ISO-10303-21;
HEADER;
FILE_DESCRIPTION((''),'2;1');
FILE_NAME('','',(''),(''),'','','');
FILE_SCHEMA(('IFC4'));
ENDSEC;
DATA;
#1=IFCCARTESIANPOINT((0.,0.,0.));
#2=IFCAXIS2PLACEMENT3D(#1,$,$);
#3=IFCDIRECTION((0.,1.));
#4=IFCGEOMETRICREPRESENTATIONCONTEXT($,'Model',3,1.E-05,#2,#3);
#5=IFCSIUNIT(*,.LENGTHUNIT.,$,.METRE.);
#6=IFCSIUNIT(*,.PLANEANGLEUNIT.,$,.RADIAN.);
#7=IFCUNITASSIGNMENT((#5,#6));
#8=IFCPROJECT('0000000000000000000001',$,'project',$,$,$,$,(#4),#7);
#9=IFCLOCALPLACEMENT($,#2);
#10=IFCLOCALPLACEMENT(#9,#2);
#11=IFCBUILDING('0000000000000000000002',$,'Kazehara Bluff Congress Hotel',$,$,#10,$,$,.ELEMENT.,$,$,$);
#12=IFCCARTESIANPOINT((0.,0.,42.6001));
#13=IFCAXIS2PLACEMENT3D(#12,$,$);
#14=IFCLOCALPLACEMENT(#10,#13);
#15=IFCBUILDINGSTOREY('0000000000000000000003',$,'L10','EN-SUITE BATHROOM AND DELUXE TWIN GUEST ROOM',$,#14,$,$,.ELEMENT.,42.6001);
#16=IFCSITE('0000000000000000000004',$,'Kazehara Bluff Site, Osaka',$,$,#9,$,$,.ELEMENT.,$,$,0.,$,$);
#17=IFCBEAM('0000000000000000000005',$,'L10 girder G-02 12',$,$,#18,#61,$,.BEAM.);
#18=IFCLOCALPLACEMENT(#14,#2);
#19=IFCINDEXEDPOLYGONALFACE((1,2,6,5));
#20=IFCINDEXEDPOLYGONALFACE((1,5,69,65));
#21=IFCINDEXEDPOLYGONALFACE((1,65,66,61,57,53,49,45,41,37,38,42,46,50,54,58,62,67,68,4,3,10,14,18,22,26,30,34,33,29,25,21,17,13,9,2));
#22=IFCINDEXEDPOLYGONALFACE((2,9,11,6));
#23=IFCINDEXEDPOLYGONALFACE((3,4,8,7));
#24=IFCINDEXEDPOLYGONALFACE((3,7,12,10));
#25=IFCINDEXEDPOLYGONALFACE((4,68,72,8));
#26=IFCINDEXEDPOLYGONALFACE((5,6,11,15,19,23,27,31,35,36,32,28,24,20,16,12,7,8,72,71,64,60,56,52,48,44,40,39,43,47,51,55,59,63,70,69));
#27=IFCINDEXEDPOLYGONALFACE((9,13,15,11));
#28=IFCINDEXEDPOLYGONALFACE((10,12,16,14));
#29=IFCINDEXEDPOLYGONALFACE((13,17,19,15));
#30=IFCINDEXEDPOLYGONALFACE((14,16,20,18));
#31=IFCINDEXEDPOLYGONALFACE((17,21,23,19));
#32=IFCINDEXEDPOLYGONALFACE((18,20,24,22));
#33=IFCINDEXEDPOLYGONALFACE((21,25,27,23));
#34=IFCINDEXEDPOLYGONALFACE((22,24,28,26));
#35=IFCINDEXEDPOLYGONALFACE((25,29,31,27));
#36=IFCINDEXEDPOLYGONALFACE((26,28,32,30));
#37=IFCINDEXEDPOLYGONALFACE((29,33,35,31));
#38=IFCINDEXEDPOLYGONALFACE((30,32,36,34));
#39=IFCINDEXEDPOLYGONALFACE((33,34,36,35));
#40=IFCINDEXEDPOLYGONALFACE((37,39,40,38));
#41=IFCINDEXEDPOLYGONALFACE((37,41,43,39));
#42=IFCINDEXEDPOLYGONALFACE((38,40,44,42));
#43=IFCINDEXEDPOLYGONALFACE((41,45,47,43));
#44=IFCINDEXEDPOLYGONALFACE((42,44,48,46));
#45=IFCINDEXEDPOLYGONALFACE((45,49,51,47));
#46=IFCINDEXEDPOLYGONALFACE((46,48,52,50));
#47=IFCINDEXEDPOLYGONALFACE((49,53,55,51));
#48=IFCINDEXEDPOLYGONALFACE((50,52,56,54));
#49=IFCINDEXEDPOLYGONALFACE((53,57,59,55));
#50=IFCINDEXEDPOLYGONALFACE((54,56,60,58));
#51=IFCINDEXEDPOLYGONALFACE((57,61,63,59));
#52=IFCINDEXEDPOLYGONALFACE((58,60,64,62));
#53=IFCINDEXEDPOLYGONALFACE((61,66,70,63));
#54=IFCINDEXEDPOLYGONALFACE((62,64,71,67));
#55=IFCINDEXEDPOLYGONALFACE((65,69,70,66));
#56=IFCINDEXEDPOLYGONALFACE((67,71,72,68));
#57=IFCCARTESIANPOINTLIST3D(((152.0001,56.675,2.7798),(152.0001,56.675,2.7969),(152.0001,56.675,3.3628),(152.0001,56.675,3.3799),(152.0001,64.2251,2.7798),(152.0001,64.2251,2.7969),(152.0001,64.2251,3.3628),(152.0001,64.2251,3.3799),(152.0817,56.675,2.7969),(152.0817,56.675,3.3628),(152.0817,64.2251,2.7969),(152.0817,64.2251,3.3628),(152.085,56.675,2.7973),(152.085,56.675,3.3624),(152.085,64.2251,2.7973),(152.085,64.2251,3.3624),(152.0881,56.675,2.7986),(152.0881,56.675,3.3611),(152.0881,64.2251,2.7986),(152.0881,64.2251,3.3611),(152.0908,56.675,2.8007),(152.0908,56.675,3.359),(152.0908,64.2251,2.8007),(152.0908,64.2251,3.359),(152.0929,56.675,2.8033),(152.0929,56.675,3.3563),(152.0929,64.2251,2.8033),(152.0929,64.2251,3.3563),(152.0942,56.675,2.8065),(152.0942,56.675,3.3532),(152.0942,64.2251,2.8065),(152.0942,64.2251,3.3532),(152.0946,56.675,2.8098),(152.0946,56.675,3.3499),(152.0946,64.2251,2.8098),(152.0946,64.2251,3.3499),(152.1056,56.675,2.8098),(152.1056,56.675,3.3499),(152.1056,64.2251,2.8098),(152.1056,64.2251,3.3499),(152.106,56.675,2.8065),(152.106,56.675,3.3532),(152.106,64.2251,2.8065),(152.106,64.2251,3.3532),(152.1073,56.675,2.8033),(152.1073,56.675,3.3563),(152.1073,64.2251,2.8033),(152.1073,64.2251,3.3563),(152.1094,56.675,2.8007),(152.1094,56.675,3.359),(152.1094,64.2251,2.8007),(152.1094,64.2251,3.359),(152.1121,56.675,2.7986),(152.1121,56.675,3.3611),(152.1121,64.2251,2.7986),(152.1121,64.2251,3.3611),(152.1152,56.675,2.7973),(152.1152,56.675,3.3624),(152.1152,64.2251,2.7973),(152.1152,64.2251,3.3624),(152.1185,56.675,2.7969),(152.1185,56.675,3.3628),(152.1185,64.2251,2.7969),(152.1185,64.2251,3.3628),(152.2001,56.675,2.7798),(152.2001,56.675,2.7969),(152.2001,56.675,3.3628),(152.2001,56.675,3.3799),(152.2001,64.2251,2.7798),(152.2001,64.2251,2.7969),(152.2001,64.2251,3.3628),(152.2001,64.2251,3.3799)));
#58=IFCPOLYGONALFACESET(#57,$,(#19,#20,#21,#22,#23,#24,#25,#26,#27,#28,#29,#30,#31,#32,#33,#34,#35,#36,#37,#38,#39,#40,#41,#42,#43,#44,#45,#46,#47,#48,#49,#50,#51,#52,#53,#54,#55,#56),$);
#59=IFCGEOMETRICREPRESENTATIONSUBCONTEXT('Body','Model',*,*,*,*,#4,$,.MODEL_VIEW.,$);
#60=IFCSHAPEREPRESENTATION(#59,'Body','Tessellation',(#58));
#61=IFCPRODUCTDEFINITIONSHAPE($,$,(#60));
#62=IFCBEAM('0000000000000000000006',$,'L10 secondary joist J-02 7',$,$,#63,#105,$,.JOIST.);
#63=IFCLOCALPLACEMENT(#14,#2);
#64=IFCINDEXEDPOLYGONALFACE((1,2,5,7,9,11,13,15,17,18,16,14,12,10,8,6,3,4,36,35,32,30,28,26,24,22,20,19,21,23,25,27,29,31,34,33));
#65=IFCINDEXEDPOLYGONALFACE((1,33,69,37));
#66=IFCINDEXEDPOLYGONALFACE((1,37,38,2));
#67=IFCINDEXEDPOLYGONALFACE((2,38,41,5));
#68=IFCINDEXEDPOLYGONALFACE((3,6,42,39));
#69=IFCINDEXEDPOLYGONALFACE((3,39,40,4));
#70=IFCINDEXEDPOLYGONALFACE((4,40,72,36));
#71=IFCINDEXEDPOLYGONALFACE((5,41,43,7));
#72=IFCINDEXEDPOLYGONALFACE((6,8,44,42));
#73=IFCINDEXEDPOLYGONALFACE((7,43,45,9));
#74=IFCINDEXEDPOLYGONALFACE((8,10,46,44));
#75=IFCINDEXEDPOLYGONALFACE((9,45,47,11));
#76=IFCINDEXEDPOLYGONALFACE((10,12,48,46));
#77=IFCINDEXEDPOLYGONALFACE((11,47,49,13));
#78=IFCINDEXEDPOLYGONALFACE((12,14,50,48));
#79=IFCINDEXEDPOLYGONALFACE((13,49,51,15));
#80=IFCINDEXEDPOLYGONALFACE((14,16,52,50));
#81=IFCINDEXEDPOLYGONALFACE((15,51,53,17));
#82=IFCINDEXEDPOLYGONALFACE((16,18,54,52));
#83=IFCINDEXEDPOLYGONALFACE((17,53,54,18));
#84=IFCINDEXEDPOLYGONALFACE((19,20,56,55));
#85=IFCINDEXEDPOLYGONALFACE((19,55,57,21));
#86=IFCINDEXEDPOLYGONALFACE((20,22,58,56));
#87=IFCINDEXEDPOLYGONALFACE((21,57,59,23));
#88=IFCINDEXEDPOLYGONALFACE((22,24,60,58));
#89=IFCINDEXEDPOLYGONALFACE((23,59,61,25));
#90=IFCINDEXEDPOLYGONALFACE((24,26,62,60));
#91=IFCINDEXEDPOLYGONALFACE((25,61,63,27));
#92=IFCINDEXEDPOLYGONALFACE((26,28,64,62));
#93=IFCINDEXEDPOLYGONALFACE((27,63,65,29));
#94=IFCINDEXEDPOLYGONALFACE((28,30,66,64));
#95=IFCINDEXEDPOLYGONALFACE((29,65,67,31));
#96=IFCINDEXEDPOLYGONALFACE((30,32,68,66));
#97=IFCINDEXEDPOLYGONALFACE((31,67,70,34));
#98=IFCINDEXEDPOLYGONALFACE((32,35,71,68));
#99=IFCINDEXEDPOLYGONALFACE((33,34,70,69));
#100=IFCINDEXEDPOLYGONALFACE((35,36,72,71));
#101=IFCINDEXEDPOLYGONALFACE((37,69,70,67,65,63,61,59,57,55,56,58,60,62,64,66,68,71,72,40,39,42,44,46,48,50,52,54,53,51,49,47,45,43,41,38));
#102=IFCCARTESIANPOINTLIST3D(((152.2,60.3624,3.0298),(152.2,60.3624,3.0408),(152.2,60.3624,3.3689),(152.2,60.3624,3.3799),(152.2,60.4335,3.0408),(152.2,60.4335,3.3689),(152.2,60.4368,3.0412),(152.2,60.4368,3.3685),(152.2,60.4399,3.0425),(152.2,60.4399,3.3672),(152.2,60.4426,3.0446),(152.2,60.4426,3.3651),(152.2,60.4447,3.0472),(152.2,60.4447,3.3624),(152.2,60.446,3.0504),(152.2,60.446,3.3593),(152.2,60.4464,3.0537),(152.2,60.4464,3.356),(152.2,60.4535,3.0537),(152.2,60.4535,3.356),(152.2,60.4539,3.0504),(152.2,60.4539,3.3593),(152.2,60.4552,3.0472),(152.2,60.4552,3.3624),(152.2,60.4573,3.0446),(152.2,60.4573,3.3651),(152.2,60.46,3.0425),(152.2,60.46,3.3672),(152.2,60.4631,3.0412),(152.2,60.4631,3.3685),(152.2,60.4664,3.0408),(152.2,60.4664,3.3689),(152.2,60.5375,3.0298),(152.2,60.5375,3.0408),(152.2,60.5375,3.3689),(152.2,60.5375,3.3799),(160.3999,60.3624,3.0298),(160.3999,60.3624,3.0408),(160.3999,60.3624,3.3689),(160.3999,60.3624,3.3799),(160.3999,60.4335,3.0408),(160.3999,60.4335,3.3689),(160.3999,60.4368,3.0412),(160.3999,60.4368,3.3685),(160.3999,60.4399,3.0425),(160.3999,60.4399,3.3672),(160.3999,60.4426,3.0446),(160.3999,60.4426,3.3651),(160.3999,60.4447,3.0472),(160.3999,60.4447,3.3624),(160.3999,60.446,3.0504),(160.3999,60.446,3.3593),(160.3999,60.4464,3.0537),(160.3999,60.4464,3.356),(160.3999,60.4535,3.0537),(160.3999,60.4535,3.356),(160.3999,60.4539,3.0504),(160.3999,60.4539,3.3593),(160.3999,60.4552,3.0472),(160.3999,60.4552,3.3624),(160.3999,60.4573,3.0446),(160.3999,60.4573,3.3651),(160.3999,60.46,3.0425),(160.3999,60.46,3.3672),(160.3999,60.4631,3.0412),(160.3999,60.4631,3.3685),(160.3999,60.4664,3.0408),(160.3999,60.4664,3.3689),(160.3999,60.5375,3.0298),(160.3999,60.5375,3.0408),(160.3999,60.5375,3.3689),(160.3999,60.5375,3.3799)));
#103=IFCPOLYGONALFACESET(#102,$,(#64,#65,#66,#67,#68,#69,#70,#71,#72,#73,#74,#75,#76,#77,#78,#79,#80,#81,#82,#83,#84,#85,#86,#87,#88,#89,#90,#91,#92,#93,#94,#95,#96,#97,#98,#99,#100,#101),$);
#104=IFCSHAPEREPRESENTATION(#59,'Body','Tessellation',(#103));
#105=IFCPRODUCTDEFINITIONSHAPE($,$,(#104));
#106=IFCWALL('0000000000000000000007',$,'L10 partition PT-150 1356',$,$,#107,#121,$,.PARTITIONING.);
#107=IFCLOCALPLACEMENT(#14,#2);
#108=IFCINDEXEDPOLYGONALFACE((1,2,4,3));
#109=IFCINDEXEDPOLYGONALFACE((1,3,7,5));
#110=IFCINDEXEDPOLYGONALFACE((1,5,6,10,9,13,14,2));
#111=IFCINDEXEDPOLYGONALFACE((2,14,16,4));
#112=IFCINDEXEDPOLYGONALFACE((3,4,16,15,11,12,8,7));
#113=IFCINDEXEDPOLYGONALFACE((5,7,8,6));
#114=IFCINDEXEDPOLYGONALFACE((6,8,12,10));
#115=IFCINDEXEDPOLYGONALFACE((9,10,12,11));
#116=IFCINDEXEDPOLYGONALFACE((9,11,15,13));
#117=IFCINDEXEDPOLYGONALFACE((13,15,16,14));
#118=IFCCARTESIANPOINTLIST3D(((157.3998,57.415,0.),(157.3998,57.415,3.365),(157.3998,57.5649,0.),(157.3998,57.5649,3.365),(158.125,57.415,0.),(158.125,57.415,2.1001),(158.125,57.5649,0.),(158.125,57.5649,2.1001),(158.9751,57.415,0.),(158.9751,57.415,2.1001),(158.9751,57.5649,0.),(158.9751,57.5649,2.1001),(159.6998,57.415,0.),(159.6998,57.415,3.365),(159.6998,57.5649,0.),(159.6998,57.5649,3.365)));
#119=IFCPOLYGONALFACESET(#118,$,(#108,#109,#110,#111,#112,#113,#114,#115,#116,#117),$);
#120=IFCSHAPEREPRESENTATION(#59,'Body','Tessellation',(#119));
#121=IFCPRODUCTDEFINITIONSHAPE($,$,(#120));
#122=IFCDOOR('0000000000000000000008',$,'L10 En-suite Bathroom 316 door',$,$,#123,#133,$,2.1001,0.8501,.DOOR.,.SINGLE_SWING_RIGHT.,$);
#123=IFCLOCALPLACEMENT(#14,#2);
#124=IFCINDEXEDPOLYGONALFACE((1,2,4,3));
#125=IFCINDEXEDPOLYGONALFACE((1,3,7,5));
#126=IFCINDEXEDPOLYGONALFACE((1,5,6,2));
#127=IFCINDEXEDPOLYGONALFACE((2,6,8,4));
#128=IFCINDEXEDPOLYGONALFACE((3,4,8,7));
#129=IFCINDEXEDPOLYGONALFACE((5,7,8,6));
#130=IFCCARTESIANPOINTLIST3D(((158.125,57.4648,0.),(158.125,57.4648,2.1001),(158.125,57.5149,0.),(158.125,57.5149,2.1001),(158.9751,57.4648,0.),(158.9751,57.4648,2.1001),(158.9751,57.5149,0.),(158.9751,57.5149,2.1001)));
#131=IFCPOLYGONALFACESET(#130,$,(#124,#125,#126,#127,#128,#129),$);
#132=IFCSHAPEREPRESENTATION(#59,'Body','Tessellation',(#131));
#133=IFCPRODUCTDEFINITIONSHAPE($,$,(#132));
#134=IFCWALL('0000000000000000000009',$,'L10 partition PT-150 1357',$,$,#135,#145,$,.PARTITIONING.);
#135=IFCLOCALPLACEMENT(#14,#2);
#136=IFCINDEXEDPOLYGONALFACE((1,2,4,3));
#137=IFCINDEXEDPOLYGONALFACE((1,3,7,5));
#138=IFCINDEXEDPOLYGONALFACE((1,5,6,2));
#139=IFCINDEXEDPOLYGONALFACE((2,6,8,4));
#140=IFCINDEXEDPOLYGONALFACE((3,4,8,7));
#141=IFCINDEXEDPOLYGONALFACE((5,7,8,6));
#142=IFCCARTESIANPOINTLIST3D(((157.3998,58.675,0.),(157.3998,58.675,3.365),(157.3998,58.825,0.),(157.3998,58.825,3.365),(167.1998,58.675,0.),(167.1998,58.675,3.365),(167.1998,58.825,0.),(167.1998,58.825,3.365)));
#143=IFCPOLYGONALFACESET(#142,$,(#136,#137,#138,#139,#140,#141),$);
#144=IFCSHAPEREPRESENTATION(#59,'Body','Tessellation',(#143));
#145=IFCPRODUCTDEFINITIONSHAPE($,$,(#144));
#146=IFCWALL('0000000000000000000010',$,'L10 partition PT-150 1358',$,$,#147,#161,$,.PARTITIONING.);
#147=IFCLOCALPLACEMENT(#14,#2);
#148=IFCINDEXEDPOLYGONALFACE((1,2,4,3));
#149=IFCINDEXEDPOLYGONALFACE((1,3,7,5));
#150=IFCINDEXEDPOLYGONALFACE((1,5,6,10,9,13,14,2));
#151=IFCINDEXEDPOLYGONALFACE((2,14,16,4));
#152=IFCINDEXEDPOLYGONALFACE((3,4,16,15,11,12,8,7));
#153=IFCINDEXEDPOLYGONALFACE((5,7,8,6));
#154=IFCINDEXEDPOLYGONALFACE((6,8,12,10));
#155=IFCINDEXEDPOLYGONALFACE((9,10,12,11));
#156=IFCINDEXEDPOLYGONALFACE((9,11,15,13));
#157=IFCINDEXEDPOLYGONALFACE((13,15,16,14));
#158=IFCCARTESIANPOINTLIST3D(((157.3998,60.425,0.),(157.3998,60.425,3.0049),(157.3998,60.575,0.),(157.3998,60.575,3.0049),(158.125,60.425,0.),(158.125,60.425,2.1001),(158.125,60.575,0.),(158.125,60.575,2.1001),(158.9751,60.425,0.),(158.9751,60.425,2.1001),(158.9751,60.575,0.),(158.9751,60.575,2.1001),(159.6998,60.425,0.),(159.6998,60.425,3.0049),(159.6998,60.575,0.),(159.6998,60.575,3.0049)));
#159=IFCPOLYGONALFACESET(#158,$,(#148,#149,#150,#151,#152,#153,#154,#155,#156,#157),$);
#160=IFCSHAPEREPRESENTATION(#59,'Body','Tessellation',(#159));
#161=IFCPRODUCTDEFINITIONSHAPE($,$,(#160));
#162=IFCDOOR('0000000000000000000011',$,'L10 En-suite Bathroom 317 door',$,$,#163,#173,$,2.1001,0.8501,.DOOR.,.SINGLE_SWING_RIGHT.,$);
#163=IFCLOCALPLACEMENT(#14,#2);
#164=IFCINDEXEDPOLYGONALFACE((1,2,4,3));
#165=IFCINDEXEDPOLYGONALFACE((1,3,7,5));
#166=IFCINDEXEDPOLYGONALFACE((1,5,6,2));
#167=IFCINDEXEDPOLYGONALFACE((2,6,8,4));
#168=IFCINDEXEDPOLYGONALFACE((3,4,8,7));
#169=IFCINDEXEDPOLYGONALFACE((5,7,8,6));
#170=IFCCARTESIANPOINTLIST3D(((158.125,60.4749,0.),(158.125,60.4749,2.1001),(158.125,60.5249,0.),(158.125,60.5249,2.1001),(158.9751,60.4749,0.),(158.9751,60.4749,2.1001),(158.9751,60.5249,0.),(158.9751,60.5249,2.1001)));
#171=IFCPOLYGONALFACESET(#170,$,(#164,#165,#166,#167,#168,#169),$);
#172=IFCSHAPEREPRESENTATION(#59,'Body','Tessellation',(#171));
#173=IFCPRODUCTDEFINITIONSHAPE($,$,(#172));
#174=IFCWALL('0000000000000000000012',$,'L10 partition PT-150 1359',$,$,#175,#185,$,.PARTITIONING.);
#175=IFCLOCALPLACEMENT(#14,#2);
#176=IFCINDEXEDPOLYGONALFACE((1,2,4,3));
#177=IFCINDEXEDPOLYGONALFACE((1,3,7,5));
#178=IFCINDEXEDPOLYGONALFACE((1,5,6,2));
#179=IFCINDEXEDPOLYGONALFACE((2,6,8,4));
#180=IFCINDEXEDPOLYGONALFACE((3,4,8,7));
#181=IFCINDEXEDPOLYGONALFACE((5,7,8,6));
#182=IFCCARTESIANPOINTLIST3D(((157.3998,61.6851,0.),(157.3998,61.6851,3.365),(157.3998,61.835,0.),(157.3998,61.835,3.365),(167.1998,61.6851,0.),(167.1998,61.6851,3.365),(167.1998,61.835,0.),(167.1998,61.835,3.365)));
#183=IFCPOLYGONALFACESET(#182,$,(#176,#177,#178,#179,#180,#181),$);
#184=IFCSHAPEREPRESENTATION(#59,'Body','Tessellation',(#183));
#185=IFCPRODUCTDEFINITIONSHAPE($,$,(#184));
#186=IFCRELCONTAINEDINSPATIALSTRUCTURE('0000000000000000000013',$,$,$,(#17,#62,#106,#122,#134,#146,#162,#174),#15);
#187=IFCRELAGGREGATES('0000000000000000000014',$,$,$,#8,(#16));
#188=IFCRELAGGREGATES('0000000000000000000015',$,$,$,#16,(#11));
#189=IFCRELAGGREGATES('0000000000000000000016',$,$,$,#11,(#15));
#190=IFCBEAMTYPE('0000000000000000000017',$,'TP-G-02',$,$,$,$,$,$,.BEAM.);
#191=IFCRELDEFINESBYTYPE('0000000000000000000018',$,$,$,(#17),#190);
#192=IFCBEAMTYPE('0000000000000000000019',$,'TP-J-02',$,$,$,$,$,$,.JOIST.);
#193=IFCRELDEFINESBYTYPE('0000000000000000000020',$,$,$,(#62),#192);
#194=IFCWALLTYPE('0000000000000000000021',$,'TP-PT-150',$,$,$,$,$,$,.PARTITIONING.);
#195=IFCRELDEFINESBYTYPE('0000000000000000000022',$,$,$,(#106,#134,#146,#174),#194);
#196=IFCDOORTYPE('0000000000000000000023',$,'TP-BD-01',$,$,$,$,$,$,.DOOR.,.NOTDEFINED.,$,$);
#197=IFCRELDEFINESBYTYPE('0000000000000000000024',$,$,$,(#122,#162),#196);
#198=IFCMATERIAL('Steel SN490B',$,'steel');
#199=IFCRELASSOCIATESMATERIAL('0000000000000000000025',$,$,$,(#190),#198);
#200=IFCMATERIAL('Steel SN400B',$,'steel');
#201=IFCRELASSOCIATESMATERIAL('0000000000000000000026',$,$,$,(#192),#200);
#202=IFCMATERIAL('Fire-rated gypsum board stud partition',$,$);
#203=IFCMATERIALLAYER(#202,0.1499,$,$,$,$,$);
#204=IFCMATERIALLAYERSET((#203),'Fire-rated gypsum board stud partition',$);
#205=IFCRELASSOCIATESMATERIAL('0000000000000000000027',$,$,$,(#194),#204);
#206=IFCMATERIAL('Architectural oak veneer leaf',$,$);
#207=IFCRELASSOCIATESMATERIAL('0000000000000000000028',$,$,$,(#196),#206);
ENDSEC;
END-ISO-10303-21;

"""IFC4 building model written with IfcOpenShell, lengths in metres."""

from ifc_helpers import new_model, si_unit, direction, frame, frame_2d, origin, origin_2d, place, context, subcontext, project, spatial, rectangle, i_section, extrude, material, layer, layer_set, material_profile, profile_set, type_object, element, fill, save


model = new_model("IFC4")

# Units and contexts
model_context = context("Model", 3, precision=1e-05, world=origin(), true_north=direction((0.0, 1.0)))
body_context = subcontext(model_context, "Body", "Model", "MODEL_VIEW")
ifc_project = project(units=[si_unit("LENGTHUNIT", "METRE"), si_unit("PLANEANGLEUNIT", "RADIAN")], contexts=[model_context])

# Site, building, storey
site_placement = place(None, origin())
site = spatial("IfcSite", under=ifc_project, at=site_placement, Name="Kazehara Bluff Site, Osaka", CompositionType="ELEMENT", RefElevation=0.0)
building_placement = place(site_placement, origin())
building = spatial("IfcBuilding", under=site, at=building_placement, Name="Kazehara Bluff Congress Hotel", CompositionType="ELEMENT")
storey_placement = place(building_placement, frame((0.0, 0.0, 42.6001)))
storey = spatial("IfcBuildingStorey", under=building, at=storey_placement, Name="L10", Description="EN-SUITE BATHROOM AND DELUXE TWIN GUEST ROOM", CompositionType="ELEMENT", Elevation=42.6001)

# Beams
ifc_material_1 = material(Name="Steel SN490B", Category="steel")
ifc_material_profile_1 = material_profile(ifc_material_1, i_section(OverallWidth=0.2, OverallDepth=0.6001, WebThickness=0.011, FlangeThickness=0.0171, FilletRadius=0.0129, at=origin_2d()))
ifc_profile_set_1 = profile_set([ifc_material_profile_1], Name="Steel SN490B")
beam_type_1 = type_object("IfcBeamType", Name="TP-G-02", PredefinedType="BEAM", material=ifc_profile_set_1)
beam_1_placement = place(storey_placement, frame((152.1001, 56.675, 3.0798), z_axis=(0.0, 1.0, 0.0), x_axis=(-1.0, 0.0, 0.0)))
element("IfcBeam", 1, at=beam_1_placement, inside=storey, type_object=beam_type_1, Name="L10 girder G-02 12", PredefinedType="BEAM", context=body_context, shape_type="SweptSolid", body=[
    extrude(i_section(OverallWidth=0.2, OverallDepth=0.6001, WebThickness=0.011, FlangeThickness=0.0171, FilletRadius=0.0129, at=origin_2d()), origin(), (0.0, 0.0, 1.0), 7.55),
])
ifc_material_2 = material(Name="Steel SN400B", Category="steel")
ifc_material_profile_2 = material_profile(ifc_material_2, i_section(OverallWidth=0.175, OverallDepth=0.3501, WebThickness=0.0071, FlangeThickness=0.011, FilletRadius=0.0129, at=origin_2d()))
ifc_profile_set_2 = profile_set([ifc_material_profile_2], Name="Steel SN400B")
beam_type_2 = type_object("IfcBeamType", Name="TP-J-02", PredefinedType="JOIST", material=ifc_profile_set_2)
beam_2_placement = place(storey_placement, frame((152.2, 60.45, 3.2048), z_axis=(1.0, 0.0, 0.0), x_axis=(0.0, 1.0, 0.0)))
element("IfcBeam", 2, at=beam_2_placement, inside=storey, type_object=beam_type_2, Name="L10 secondary joist J-02 7", PredefinedType="JOIST", context=body_context, shape_type="SweptSolid", body=[
    extrude(i_section(OverallWidth=0.175, OverallDepth=0.3501, WebThickness=0.0071, FlangeThickness=0.011, FilletRadius=0.0129, at=origin_2d()), origin(), (0.0, 0.0, 1.0), 8.2),
])

# Wall, opening, door
ifc_material_3 = material(Name="Fire-rated gypsum board stud partition")
ifc_layer = layer(ifc_material_3, 0.1499)
ifc_layer_set = layer_set([ifc_layer], Name="Fire-rated gypsum board stud partition")
wall_type = type_object("IfcWallType", Name="TP-PT-150", PredefinedType="PARTITIONING", material=ifc_layer_set)
wall_1_placement = place(storey_placement, frame((157.3999, 57.49, 0.0), z_axis=(0.0, 0.0, 1.0), x_axis=(1.0, 0.0, 0.0)))
wall_1 = element("IfcWall", 3, at=wall_1_placement, inside=storey, type_object=wall_type, Name="L10 partition PT-150 1356", PredefinedType="PARTITIONING", context=body_context, shape_type="SweptSolid", body=[
    extrude(rectangle(XDim=2.3, YDim=0.1499, at=frame_2d((1.1499, 0.0))), origin(), (0.0, 0.0, 1.0), 3.365),
])
opening_1_placement = place(wall_1_placement, frame((0.7251, 0.0, 0.0)))
opening_1 = element("IfcOpeningElement", 4, at=opening_1_placement, cuts=wall_1, PredefinedType="OPENING", context=body_context, shape_type="SweptSolid", body=[
    extrude(rectangle(XDim=0.8501, YDim=2.1001, at=frame_2d((0.425, 1.05))), frame((0.0, 0.085, 0.0), z_axis=(0.0, -1.0, 0.0), x_axis=(1.0, 0.0, 0.0)), (0.0, 0.0, 1.0), 0.1699),
])
ifc_material_4 = material(Name="Architectural oak veneer leaf")
door_type_1 = type_object("IfcDoorType", Name="TP-BD-01", OperationType="NOTDEFINED", PredefinedType="DOOR", material=ifc_material_4)
door_1_placement = place(opening_1_placement, origin())
door_1 = element("IfcDoor", 5, at=door_1_placement, inside=storey, type_object=door_type_1, Name="L10 En-suite Bathroom 316 door", OperationType="SINGLE_SWING_RIGHT", OverallHeight=2.1001, OverallWidth=0.8501, PredefinedType="DOOR", context=body_context, shape_type="SweptSolid", body=[
    extrude(rectangle(XDim=0.8501, YDim=2.1001, at=frame_2d((0.425, 1.05))), frame((0.0, 0.0249, 0.0), z_axis=(0.0, -1.0, 0.0), x_axis=(1.0, 0.0, 0.0)), (0.0, 0.0, 1.0), 0.05),
])
fill(opening_1, door_1)

# Wall
wall_2_placement = place(storey_placement, frame((157.3999, 58.75, 0.0), z_axis=(0.0, 0.0, 1.0), x_axis=(1.0, 0.0, 0.0)))
element("IfcWall", 6, at=wall_2_placement, inside=storey, type_object=wall_type, Name="L10 partition PT-150 1357", PredefinedType="PARTITIONING", context=body_context, shape_type="SweptSolid", body=[
    extrude(rectangle(XDim=9.8, YDim=0.1499, at=frame_2d((4.8999, 0.0))), origin(), (0.0, 0.0, 1.0), 3.365),
])

# Wall, opening, door
wall_3_placement = place(storey_placement, frame((157.3999, 60.5, 0.0), z_axis=(0.0, 0.0, 1.0), x_axis=(1.0, 0.0, 0.0)))
wall_3 = element("IfcWall", 7, at=wall_3_placement, inside=storey, type_object=wall_type, Name="L10 partition PT-150 1358", PredefinedType="PARTITIONING", context=body_context, shape_type="SweptSolid", body=[
    extrude(rectangle(XDim=2.3, YDim=0.1499, at=frame_2d((1.1499, 0.0))), origin(), (0.0, 0.0, 1.0), 3.0049),
])
opening_2_placement = place(wall_3_placement, frame((0.7251, 0.0, 0.0)))
opening_2 = element("IfcOpeningElement", 8, at=opening_2_placement, cuts=wall_3, PredefinedType="OPENING", context=body_context, shape_type="SweptSolid", body=[
    extrude(rectangle(XDim=0.8501, YDim=2.1001, at=frame_2d((0.425, 1.05))), frame((0.0, 0.085, 0.0), z_axis=(0.0, -1.0, 0.0), x_axis=(1.0, 0.0, 0.0)), (0.0, 0.0, 1.0), 0.1699),
])
door_2_placement = place(opening_2_placement, origin())
door_2 = element("IfcDoor", 9, at=door_2_placement, inside=storey, type_object=door_type_1, Name="L10 En-suite Bathroom 317 door", OperationType="SINGLE_SWING_RIGHT", OverallHeight=2.1001, OverallWidth=0.8501, PredefinedType="DOOR", context=body_context, shape_type="SweptSolid", body=[
    extrude(rectangle(XDim=0.8501, YDim=2.1001, at=frame_2d((0.425, 1.05))), frame((0.0, 0.0249, 0.0), z_axis=(0.0, -1.0, 0.0), x_axis=(1.0, 0.0, 0.0)), (0.0, 0.0, 1.0), 0.05),
])
fill(opening_2, door_2)

# Wall
wall_4_placement = place(storey_placement, frame((157.3999, 61.76, 0.0), z_axis=(0.0, 0.0, 1.0), x_axis=(1.0, 0.0, 0.0)))
element("IfcWall", 10, at=wall_4_placement, inside=storey, type_object=wall_type, Name="L10 partition PT-150 1359", PredefinedType="PARTITIONING", context=body_context, shape_type="SweptSolid", body=[
    extrude(rectangle(XDim=9.8, YDim=0.1499, at=frame_2d((4.8999, 0.0))), origin(), (0.0, 0.0, 1.0), 3.365),
])

save(model, "model.ifc")
